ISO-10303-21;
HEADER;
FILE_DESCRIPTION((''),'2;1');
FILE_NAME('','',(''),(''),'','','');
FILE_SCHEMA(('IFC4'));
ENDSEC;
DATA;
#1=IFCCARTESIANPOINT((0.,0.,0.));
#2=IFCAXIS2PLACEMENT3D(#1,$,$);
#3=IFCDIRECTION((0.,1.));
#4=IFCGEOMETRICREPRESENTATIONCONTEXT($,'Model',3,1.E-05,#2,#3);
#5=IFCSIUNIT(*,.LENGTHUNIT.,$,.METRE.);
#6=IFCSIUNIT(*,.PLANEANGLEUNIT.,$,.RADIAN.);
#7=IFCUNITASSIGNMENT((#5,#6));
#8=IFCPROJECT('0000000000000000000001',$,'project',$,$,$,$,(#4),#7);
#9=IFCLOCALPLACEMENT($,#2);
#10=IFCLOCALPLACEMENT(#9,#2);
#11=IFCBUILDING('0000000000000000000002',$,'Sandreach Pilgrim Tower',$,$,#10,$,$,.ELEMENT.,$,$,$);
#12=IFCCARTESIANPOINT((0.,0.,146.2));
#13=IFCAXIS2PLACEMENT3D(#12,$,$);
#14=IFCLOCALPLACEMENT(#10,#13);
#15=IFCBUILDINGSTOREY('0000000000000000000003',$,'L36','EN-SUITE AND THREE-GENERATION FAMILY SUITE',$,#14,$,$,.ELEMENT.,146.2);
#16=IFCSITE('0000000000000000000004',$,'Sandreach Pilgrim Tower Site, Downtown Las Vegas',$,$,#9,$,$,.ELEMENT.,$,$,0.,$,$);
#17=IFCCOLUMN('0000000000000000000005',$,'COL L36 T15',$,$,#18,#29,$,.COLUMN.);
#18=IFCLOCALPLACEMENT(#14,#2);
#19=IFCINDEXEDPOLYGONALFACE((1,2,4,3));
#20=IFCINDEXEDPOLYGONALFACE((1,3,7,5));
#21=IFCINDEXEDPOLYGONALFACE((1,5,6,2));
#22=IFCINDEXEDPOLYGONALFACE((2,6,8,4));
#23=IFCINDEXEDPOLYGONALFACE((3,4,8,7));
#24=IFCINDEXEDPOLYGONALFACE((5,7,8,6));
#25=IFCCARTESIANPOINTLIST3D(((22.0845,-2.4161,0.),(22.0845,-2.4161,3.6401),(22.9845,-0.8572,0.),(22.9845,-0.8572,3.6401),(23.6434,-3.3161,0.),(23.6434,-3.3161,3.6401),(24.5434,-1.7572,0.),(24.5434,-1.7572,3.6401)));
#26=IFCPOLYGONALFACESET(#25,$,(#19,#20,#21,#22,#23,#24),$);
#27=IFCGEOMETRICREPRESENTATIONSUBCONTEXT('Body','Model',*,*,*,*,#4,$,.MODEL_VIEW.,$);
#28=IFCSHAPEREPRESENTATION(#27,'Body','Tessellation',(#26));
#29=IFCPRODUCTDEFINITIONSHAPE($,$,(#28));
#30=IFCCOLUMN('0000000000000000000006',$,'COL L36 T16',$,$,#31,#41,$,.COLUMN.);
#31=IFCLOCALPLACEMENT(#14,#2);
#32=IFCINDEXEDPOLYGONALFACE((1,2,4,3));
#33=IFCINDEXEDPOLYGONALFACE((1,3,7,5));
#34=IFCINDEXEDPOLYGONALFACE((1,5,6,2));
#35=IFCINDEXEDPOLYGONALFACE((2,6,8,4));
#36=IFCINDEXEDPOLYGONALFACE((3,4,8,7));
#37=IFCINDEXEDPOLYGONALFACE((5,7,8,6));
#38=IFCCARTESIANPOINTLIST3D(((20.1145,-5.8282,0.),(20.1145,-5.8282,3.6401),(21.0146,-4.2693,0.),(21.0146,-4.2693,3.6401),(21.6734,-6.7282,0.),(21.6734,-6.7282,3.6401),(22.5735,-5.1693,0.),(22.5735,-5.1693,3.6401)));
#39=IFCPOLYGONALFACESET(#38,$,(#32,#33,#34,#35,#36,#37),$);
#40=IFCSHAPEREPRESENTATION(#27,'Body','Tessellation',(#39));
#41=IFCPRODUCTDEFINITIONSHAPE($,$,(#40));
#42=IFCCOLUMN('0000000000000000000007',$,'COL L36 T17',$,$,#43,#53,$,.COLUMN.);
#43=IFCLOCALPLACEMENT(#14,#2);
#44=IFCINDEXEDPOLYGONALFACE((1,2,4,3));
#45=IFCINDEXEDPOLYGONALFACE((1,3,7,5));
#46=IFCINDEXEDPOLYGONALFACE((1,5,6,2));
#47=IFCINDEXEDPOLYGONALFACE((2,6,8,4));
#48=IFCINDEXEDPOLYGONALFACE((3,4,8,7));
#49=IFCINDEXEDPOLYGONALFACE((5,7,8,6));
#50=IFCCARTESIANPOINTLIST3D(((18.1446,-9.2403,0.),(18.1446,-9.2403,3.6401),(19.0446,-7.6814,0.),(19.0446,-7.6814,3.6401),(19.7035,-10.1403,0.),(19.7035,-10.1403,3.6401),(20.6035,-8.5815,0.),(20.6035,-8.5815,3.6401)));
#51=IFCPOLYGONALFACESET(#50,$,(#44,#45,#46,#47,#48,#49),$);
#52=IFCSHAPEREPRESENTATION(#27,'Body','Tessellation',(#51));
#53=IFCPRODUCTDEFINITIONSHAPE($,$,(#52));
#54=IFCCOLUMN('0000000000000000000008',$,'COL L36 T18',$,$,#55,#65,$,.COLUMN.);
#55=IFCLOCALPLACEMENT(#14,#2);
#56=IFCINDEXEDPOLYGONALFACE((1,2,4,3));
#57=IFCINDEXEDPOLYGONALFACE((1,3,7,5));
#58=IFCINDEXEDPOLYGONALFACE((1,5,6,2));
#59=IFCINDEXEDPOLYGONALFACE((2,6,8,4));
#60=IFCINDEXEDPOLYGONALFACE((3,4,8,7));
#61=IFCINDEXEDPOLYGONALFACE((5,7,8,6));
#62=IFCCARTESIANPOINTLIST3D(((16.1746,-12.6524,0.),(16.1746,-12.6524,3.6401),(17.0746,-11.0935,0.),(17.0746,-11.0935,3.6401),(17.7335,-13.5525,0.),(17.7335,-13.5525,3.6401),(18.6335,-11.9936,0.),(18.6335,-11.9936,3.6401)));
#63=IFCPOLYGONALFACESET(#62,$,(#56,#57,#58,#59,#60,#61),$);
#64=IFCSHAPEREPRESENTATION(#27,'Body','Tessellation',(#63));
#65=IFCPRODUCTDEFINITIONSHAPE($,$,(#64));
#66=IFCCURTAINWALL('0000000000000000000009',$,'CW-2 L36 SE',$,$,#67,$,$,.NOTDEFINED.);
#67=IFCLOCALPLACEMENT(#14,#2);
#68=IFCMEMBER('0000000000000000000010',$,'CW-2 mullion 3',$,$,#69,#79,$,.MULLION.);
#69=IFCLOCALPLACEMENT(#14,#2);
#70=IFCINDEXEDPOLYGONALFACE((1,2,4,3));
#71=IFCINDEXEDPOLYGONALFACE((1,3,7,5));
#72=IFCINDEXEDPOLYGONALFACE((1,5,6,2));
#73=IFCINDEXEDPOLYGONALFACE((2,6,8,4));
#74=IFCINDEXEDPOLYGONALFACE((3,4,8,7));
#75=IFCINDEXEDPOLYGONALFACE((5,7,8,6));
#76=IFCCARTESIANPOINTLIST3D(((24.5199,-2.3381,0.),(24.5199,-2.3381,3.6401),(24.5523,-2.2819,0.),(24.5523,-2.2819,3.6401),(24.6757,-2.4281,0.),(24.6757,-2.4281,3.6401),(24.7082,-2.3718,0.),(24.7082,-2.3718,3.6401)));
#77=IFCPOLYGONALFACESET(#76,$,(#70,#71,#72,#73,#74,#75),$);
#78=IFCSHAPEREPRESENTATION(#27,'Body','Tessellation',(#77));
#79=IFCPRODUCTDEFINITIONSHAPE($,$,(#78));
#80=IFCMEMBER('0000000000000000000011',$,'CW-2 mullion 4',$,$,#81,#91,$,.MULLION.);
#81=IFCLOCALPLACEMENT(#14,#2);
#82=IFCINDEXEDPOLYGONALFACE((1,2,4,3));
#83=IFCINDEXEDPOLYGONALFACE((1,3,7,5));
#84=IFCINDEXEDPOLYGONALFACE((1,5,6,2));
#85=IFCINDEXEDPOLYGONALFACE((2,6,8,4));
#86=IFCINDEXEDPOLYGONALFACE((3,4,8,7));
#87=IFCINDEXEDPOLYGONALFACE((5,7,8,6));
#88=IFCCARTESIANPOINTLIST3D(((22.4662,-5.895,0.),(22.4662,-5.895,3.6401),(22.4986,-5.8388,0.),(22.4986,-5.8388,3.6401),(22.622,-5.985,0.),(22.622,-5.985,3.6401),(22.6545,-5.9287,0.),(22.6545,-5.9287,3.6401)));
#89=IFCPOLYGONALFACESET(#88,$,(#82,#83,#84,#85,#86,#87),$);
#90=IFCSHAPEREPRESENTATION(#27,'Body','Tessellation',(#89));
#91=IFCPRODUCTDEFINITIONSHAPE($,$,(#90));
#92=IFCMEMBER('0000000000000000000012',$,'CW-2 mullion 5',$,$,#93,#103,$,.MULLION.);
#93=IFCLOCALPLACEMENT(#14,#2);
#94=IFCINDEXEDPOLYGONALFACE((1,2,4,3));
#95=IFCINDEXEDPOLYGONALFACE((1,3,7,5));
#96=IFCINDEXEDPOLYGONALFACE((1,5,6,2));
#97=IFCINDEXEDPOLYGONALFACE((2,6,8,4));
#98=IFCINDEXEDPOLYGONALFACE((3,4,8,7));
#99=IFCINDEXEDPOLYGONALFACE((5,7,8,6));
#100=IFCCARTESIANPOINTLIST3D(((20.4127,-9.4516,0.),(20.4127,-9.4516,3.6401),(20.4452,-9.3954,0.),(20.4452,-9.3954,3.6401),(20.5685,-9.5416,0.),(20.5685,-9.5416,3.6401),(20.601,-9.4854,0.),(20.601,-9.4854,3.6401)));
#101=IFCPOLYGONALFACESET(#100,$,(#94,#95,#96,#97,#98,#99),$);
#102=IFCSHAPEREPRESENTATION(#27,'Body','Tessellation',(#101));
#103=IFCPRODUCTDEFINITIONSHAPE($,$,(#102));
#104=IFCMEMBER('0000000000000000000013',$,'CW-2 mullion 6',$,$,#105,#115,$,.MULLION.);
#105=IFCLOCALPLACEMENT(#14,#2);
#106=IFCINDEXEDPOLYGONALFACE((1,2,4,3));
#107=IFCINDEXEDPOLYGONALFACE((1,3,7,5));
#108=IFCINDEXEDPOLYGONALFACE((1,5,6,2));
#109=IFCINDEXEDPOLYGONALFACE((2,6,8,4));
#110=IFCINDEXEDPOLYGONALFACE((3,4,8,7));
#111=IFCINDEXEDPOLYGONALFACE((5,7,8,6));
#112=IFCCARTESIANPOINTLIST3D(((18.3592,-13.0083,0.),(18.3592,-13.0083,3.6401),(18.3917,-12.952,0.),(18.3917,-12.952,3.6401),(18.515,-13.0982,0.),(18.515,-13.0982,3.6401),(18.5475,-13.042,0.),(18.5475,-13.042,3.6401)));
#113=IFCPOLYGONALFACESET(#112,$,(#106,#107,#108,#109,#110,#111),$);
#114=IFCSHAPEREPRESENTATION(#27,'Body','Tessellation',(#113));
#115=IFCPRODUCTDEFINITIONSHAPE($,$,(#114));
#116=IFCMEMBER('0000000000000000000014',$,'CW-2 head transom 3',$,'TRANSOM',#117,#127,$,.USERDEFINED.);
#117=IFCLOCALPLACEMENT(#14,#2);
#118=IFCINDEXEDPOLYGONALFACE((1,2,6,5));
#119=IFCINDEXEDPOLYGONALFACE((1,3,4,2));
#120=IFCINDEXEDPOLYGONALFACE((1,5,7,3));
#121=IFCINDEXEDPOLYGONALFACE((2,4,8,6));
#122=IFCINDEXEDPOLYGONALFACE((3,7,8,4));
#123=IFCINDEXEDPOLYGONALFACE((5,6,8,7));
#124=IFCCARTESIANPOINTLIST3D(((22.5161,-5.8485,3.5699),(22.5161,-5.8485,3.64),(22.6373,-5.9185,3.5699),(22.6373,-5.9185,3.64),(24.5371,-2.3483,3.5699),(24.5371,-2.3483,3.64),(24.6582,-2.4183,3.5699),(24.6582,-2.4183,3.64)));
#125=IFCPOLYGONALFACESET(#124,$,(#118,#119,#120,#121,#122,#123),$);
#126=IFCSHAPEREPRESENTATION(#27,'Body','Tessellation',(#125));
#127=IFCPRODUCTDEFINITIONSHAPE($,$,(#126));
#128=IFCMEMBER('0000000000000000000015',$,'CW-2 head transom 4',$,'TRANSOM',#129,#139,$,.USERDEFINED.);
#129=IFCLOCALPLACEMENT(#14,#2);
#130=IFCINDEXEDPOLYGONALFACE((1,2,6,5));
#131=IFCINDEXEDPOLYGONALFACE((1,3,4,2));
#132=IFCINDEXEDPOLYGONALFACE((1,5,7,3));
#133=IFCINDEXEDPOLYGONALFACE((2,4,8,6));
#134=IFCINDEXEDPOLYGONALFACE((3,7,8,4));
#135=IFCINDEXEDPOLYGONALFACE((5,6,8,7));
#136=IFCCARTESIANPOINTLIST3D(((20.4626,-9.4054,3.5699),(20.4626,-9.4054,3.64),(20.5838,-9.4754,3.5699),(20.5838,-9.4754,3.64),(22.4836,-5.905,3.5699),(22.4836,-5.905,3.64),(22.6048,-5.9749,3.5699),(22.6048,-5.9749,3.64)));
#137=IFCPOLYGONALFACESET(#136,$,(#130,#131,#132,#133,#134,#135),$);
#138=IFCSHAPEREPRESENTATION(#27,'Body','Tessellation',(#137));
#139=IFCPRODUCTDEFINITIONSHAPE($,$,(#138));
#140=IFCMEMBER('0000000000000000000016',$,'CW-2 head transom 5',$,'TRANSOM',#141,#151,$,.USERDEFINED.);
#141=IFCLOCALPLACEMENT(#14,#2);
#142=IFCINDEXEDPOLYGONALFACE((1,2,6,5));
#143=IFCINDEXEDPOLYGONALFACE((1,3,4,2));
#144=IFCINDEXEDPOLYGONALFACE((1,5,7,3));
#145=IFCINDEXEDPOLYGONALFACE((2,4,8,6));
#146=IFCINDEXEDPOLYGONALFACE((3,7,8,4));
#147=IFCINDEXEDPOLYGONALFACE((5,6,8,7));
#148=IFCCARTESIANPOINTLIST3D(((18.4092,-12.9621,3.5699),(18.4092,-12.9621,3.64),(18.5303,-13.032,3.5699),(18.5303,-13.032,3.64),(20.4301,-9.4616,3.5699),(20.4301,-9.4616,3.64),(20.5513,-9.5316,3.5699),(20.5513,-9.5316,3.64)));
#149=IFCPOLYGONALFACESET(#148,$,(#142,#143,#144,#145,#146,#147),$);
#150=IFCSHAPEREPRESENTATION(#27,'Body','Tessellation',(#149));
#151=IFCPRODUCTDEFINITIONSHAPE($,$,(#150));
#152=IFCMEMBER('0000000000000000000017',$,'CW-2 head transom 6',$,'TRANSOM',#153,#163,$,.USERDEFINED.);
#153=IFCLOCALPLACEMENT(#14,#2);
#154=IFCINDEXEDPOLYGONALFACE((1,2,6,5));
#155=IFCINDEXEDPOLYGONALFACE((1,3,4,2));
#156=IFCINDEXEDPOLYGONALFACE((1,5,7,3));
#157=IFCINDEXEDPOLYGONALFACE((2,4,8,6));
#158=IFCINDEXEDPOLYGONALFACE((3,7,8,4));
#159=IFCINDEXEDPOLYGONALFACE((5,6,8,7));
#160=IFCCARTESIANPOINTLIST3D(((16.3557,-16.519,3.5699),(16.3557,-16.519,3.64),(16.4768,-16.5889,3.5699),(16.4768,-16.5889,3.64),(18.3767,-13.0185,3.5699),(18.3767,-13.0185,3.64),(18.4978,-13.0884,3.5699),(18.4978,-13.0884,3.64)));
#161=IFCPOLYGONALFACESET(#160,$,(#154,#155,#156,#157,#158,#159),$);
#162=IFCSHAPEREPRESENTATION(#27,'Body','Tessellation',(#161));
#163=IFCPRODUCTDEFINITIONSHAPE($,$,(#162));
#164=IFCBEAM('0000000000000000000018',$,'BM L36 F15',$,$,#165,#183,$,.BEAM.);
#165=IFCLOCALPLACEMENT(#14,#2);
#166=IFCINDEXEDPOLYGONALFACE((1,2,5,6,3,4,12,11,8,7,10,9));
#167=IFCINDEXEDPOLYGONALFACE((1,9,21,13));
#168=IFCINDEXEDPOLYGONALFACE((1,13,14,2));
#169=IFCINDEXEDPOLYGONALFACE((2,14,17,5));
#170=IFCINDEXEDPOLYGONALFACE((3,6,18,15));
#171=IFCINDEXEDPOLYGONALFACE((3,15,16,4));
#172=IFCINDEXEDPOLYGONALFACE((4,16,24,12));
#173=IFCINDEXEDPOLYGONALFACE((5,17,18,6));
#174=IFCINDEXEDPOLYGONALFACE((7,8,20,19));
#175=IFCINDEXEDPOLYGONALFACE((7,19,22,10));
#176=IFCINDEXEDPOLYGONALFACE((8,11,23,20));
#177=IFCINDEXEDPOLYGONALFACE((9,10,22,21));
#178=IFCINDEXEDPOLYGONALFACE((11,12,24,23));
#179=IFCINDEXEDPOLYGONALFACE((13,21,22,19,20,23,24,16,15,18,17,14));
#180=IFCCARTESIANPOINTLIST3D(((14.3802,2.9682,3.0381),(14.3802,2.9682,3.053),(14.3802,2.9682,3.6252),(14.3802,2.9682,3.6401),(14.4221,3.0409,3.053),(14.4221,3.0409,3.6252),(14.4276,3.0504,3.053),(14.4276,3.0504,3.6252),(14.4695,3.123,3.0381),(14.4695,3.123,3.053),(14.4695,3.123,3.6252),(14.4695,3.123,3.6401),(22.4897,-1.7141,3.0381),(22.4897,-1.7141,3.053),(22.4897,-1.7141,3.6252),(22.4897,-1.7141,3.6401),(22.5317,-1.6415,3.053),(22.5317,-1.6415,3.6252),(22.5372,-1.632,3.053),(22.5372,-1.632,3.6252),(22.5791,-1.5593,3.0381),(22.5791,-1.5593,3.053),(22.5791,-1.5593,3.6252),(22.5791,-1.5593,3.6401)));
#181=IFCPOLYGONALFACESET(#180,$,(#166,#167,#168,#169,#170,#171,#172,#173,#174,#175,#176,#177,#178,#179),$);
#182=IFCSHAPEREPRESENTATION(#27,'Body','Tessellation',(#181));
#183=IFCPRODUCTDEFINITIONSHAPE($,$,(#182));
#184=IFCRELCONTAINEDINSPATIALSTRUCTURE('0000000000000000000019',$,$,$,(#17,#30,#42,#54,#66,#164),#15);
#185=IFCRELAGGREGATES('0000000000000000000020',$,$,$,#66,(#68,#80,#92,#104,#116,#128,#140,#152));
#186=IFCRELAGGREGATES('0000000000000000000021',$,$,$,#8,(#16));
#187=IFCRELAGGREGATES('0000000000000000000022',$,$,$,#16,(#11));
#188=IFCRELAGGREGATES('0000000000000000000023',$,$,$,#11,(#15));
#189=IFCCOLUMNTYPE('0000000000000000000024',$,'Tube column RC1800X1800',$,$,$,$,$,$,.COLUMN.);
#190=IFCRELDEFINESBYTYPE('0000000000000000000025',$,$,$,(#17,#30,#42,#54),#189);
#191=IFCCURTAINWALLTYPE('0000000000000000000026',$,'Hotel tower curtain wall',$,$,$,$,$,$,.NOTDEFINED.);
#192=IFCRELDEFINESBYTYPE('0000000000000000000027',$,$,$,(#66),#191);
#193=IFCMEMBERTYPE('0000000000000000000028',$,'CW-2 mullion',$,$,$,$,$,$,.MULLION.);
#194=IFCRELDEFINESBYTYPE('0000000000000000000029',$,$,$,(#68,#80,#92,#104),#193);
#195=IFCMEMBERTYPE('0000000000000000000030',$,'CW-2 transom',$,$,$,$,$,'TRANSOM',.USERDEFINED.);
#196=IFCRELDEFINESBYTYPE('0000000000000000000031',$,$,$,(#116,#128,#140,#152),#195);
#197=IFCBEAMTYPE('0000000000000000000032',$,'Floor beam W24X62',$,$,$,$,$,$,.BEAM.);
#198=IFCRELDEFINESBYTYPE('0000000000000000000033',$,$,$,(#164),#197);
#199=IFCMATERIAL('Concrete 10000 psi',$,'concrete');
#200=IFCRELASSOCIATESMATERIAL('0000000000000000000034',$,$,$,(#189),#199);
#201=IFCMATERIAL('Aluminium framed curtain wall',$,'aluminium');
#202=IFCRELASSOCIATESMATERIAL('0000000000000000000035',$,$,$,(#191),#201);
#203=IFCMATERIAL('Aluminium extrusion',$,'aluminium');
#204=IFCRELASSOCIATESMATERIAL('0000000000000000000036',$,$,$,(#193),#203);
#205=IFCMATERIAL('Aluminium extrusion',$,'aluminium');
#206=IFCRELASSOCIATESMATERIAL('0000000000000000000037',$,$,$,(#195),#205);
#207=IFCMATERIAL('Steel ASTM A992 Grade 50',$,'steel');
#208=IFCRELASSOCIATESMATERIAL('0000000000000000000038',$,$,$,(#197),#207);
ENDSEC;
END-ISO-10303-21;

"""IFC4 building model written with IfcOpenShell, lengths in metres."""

from ifc_helpers import new_model, si_unit, direction, frame, origin, origin_2d, place, context, subcontext, project, spatial, rectangle, i_section, extrude, clip, halfspace, material, material_profile, profile_set, type_object, element, aggregate, save


model = new_model("IFC4")

# Units and contexts
model_context = context("Model", 3, precision=1e-05, world=origin(), true_north=direction((0.0, 1.0)))
body_context = subcontext(model_context, "Body", "Model", "MODEL_VIEW")
ifc_project = project(units=[si_unit("LENGTHUNIT", "METRE"), si_unit("PLANEANGLEUNIT", "RADIAN")], contexts=[model_context])

# Site, building, storey
site_placement = place(None, origin())
site = spatial("IfcSite", under=ifc_project, at=site_placement, Name="Sandreach Pilgrim Tower Site, Downtown Las Vegas", CompositionType="ELEMENT", RefElevation=0.0)
building_placement = place(site_placement, origin())
building = spatial("IfcBuilding", under=site, at=building_placement, Name="Sandreach Pilgrim Tower", CompositionType="ELEMENT")
storey_placement = place(building_placement, frame((0.0, 0.0, 146.2)))
storey = spatial("IfcBuildingStorey", under=building, at=storey_placement, Name="L36", Description="EN-SUITE AND THREE-GENERATION FAMILY SUITE", CompositionType="ELEMENT", Elevation=146.2)

# Columns
ifc_material_1 = material(Name="Concrete 10000 psi", Category="concrete")
ifc_material_profile_1 = material_profile(ifc_material_1, rectangle(XDim=1.8, YDim=1.8, at=origin_2d()), Name="RC1800X1800")
ifc_profile_set_1 = profile_set([ifc_material_profile_1], Name="Concrete 10000 psi")
column_type = type_object("IfcColumnType", Name="Tube column RC1800X1800", PredefinedType="COLUMN", material=ifc_profile_set_1)
column_1_placement = place(storey_placement, frame((23.314, -2.0867, 0.0), z_axis=(0.0, 0.0, 1.0), x_axis=(0.866025, -0.5, 0.0)))
element("IfcColumn", 1, at=column_1_placement, inside=storey, type_object=column_type, Name="COL L36 T15", PredefinedType="COLUMN", context=body_context, shape_type="SweptSolid", body=[
    clip(extrude(rectangle(XDim=1.8, YDim=1.8, at=origin_2d()), origin(), (0.0, 0.0, 1.0), 3.7378), halfspace(frame((0.0, 0.0, 3.6401)), False)),
])
column_2_placement = place(storey_placement, frame((21.344, -5.4988, 0.0), z_axis=(0.0, 0.0, 1.0), x_axis=(0.866025, -0.5, 0.0)))
element("IfcColumn", 2, at=column_2_placement, inside=storey, type_object=column_type, Name="COL L36 T16", PredefinedType="COLUMN", context=body_context, shape_type="SweptSolid", body=[
    clip(extrude(rectangle(XDim=1.8, YDim=1.8, at=origin_2d()), origin(), (0.0, 0.0, 1.0), 3.7456), halfspace(frame((0.0, 0.0, 3.6401)), False)),
])
for number, where, z_axis, x_axis, name in (
    (3, (19.374, -8.9109, 0.0), (0.0, 0.0, 1.0), (0.866025, -0.5, 0.0), "COL L36 T17"),
    (4, (17.4041, -12.323, 0.0), (0.0, 0.0, 1.0), (0.866025, -0.5, 0.0), "COL L36 T18"),
):
    element("IfcColumn", number, at=place(storey_placement, frame(where, z_axis=z_axis, x_axis=x_axis)), inside=storey, type_object=column_type, Name=name, PredefinedType="COLUMN", context=body_context, shape_type="SweptSolid", body=[
        clip(extrude(rectangle(XDim=1.8, YDim=1.8, at=origin_2d()), origin(), (0.0, 0.0, 1.0), 3.7537), halfspace(frame((0.0, 0.0, 3.6401)), False)),
    ])

# Curtain wall, members
ifc_material_2 = material(Name="Aluminium framed curtain wall", Category="aluminium")
curtain_wall_type = type_object("IfcCurtainWallType", Name="Hotel tower curtain wall", PredefinedType="NOTDEFINED", material=ifc_material_2)
curtain_wall_placement = place(storey_placement, origin())
curtain_wall = element("IfcCurtainWall", 5, at=curtain_wall_placement, inside=storey, type_object=curtain_wall_type, Name="CW-2 L36 SE", PredefinedType="NOTDEFINED")
ifc_material_3 = material(Name="Aluminium extrusion", Category="aluminium")
ifc_material_profile_2 = material_profile(ifc_material_3, rectangle(XDim=0.0649, YDim=0.1799, at=origin_2d()), Name="CW-2M 65X180")
ifc_profile_set_2 = profile_set([ifc_material_profile_2], Name="Aluminium extrusion")
member_type_1 = type_object("IfcMemberType", Name="CW-2 mullion", PredefinedType="MULLION", material=ifc_profile_set_2)
member_1_placement = place(storey_placement, frame((24.614, -2.355, 0.0), z_axis=(0.0, 0.0, 1.0), x_axis=(-0.5, -0.866025, 0.0)))
member_1 = element("IfcMember", 6, at=member_1_placement, type_object=member_type_1, Name="CW-2 mullion 3", PredefinedType="MULLION", context=body_context, shape_type="SweptSolid", body=[
    extrude(rectangle(XDim=0.0649, YDim=0.1799, at=origin_2d()), origin(), (0.0, 0.0, 1.0), 3.6401),
])
member_2_placement = place(storey_placement, frame((22.5603, -5.9119, 0.0), z_axis=(0.0, 0.0, 1.0), x_axis=(-0.5, -0.866025, 0.0)))
member_2 = element("IfcMember", 7, at=member_2_placement, type_object=member_type_1, Name="CW-2 mullion 4", PredefinedType="MULLION", context=body_context, shape_type="SweptSolid", body=[
    extrude(rectangle(XDim=0.0649, YDim=0.1799, at=origin_2d()), origin(), (0.0, 0.0, 1.0), 3.6401),
])
member_3_placement = place(storey_placement, frame((20.5068, -9.4685, 0.0), z_axis=(0.0, 0.0, 1.0), x_axis=(-0.5, -0.866025, 0.0)))
member_3 = element("IfcMember", 8, at=member_3_placement, type_object=member_type_1, Name="CW-2 mullion 5", PredefinedType="MULLION", context=body_context, shape_type="SweptSolid", body=[
    extrude(rectangle(XDim=0.0649, YDim=0.1799, at=origin_2d()), origin(), (0.0, 0.0, 1.0), 3.6401),
])
member_4_placement = place(storey_placement, frame((18.4534, -13.0251, 0.0), z_axis=(0.0, 0.0, 1.0), x_axis=(-0.5, -0.866025, 0.0)))
member_4 = element("IfcMember", 9, at=member_4_placement, type_object=member_type_1, Name="CW-2 mullion 6", PredefinedType="MULLION", context=body_context, shape_type="SweptSolid", body=[
    extrude(rectangle(XDim=0.0649, YDim=0.1799, at=origin_2d()), origin(), (0.0, 0.0, 1.0), 3.6401),
])
ifc_material_4 = material(Name="Aluminium extrusion", Category="aluminium")
ifc_material_profile_3 = material_profile(ifc_material_4, rectangle(XDim=0.1399, YDim=0.0701, at=origin_2d()), Name="CW-2T 140X70")
ifc_profile_set_3 = profile_set([ifc_material_profile_3], Name="Aluminium extrusion")
member_type_2 = type_object("IfcMemberType", Name="CW-2 transom", ElementType="TRANSOM", PredefinedType="USERDEFINED", material=ifc_profile_set_3)
member_5_placement = place(storey_placement, frame((24.5977, -2.3833, 3.605), z_axis=(-0.500024, -0.866012, 0.0), x_axis=(0.866012, -0.500024, 0.0)))
member_5 = element("IfcMember", 10, at=member_5_placement, type_object=member_type_2, Name="CW-2 head transom 3", ObjectType="TRANSOM", PredefinedType="USERDEFINED", context=body_context, shape_type="SweptSolid", body=[
    extrude(rectangle(XDim=0.1399, YDim=0.0701, at=origin_2d()), origin(), (0.0, 0.0, 1.0), 4.0417),
])
member_6_placement = place(storey_placement, frame((22.5442, -5.9399, 3.605), z_axis=(-0.499998, -0.866027, 0.0), x_axis=(0.866027, -0.499998, 0.0)))
member_6 = element("IfcMember", 11, at=member_6_placement, type_object=member_type_2, Name="CW-2 head transom 4", ObjectType="TRANSOM", PredefinedType="USERDEFINED", context=body_context, shape_type="SweptSolid", body=[
    extrude(rectangle(XDim=0.1399, YDim=0.0701, at=origin_2d()), origin(), (0.0, 0.0, 1.0), 4.042),
])
member_7_placement = place(storey_placement, frame((20.4907, -9.4966, 3.605), z_axis=(-0.499998, -0.866027, 0.0), x_axis=(0.866027, -0.499998, 0.0)))
member_7 = element("IfcMember", 12, at=member_7_placement, type_object=member_type_2, Name="CW-2 head transom 5", ObjectType="TRANSOM", PredefinedType="USERDEFINED", context=body_context, shape_type="SweptSolid", body=[
    extrude(rectangle(XDim=0.1399, YDim=0.0701, at=origin_2d()), origin(), (0.0, 0.0, 1.0), 4.042),
])
member_8_placement = place(storey_placement, frame((18.4373, -13.0535, 3.605), z_axis=(-0.499998, -0.866027, 0.0), x_axis=(0.866027, -0.499998, 0.0)))
member_8 = element("IfcMember", 13, at=member_8_placement, type_object=member_type_2, Name="CW-2 head transom 6", ObjectType="TRANSOM", PredefinedType="USERDEFINED", context=body_context, shape_type="SweptSolid", body=[
    extrude(rectangle(XDim=0.1399, YDim=0.0701, at=origin_2d()), origin(), (0.0, 0.0, 1.0), 4.042),
])

# Beam
ifc_material_5 = material(Name="Steel ASTM A992 Grade 50", Category="steel")
ifc_material_profile_4 = material_profile(ifc_material_5, i_section(OverallWidth=0.1787, OverallDepth=0.6021, WebThickness=0.011, FlangeThickness=0.0149, at=origin_2d()), Name="W24X62")
ifc_profile_set_4 = profile_set([ifc_material_profile_4], Name="Steel ASTM A992 Grade 50")
beam_type_1 = type_object("IfcBeamType", Name="Floor beam W24X62", PredefinedType="BEAM", material=ifc_profile_set_4)
beam_1_placement = place(storey_placement, frame((22.5344, -1.6367, 3.3391), z_axis=(-0.866012, 0.500023, 0.0), x_axis=(-0.500023, -0.866012, 0.0)))
element("IfcBeam", 14, at=beam_1_placement, inside=storey, type_object=beam_type_1, Name="BM L36 F15", PredefinedType="BEAM", context=body_context, shape_type="SweptSolid", body=[
    extrude(i_section(OverallWidth=0.1787, OverallDepth=0.6021, WebThickness=0.011, FlangeThickness=0.0149, at=origin_2d()), origin(), (0.0, 0.0, 1.0), 9.3643),
])

aggregate(curtain_wall, [member_1, member_2, member_3, member_4, member_5, member_6, member_7, member_8])

save(model, "model.ifc")
